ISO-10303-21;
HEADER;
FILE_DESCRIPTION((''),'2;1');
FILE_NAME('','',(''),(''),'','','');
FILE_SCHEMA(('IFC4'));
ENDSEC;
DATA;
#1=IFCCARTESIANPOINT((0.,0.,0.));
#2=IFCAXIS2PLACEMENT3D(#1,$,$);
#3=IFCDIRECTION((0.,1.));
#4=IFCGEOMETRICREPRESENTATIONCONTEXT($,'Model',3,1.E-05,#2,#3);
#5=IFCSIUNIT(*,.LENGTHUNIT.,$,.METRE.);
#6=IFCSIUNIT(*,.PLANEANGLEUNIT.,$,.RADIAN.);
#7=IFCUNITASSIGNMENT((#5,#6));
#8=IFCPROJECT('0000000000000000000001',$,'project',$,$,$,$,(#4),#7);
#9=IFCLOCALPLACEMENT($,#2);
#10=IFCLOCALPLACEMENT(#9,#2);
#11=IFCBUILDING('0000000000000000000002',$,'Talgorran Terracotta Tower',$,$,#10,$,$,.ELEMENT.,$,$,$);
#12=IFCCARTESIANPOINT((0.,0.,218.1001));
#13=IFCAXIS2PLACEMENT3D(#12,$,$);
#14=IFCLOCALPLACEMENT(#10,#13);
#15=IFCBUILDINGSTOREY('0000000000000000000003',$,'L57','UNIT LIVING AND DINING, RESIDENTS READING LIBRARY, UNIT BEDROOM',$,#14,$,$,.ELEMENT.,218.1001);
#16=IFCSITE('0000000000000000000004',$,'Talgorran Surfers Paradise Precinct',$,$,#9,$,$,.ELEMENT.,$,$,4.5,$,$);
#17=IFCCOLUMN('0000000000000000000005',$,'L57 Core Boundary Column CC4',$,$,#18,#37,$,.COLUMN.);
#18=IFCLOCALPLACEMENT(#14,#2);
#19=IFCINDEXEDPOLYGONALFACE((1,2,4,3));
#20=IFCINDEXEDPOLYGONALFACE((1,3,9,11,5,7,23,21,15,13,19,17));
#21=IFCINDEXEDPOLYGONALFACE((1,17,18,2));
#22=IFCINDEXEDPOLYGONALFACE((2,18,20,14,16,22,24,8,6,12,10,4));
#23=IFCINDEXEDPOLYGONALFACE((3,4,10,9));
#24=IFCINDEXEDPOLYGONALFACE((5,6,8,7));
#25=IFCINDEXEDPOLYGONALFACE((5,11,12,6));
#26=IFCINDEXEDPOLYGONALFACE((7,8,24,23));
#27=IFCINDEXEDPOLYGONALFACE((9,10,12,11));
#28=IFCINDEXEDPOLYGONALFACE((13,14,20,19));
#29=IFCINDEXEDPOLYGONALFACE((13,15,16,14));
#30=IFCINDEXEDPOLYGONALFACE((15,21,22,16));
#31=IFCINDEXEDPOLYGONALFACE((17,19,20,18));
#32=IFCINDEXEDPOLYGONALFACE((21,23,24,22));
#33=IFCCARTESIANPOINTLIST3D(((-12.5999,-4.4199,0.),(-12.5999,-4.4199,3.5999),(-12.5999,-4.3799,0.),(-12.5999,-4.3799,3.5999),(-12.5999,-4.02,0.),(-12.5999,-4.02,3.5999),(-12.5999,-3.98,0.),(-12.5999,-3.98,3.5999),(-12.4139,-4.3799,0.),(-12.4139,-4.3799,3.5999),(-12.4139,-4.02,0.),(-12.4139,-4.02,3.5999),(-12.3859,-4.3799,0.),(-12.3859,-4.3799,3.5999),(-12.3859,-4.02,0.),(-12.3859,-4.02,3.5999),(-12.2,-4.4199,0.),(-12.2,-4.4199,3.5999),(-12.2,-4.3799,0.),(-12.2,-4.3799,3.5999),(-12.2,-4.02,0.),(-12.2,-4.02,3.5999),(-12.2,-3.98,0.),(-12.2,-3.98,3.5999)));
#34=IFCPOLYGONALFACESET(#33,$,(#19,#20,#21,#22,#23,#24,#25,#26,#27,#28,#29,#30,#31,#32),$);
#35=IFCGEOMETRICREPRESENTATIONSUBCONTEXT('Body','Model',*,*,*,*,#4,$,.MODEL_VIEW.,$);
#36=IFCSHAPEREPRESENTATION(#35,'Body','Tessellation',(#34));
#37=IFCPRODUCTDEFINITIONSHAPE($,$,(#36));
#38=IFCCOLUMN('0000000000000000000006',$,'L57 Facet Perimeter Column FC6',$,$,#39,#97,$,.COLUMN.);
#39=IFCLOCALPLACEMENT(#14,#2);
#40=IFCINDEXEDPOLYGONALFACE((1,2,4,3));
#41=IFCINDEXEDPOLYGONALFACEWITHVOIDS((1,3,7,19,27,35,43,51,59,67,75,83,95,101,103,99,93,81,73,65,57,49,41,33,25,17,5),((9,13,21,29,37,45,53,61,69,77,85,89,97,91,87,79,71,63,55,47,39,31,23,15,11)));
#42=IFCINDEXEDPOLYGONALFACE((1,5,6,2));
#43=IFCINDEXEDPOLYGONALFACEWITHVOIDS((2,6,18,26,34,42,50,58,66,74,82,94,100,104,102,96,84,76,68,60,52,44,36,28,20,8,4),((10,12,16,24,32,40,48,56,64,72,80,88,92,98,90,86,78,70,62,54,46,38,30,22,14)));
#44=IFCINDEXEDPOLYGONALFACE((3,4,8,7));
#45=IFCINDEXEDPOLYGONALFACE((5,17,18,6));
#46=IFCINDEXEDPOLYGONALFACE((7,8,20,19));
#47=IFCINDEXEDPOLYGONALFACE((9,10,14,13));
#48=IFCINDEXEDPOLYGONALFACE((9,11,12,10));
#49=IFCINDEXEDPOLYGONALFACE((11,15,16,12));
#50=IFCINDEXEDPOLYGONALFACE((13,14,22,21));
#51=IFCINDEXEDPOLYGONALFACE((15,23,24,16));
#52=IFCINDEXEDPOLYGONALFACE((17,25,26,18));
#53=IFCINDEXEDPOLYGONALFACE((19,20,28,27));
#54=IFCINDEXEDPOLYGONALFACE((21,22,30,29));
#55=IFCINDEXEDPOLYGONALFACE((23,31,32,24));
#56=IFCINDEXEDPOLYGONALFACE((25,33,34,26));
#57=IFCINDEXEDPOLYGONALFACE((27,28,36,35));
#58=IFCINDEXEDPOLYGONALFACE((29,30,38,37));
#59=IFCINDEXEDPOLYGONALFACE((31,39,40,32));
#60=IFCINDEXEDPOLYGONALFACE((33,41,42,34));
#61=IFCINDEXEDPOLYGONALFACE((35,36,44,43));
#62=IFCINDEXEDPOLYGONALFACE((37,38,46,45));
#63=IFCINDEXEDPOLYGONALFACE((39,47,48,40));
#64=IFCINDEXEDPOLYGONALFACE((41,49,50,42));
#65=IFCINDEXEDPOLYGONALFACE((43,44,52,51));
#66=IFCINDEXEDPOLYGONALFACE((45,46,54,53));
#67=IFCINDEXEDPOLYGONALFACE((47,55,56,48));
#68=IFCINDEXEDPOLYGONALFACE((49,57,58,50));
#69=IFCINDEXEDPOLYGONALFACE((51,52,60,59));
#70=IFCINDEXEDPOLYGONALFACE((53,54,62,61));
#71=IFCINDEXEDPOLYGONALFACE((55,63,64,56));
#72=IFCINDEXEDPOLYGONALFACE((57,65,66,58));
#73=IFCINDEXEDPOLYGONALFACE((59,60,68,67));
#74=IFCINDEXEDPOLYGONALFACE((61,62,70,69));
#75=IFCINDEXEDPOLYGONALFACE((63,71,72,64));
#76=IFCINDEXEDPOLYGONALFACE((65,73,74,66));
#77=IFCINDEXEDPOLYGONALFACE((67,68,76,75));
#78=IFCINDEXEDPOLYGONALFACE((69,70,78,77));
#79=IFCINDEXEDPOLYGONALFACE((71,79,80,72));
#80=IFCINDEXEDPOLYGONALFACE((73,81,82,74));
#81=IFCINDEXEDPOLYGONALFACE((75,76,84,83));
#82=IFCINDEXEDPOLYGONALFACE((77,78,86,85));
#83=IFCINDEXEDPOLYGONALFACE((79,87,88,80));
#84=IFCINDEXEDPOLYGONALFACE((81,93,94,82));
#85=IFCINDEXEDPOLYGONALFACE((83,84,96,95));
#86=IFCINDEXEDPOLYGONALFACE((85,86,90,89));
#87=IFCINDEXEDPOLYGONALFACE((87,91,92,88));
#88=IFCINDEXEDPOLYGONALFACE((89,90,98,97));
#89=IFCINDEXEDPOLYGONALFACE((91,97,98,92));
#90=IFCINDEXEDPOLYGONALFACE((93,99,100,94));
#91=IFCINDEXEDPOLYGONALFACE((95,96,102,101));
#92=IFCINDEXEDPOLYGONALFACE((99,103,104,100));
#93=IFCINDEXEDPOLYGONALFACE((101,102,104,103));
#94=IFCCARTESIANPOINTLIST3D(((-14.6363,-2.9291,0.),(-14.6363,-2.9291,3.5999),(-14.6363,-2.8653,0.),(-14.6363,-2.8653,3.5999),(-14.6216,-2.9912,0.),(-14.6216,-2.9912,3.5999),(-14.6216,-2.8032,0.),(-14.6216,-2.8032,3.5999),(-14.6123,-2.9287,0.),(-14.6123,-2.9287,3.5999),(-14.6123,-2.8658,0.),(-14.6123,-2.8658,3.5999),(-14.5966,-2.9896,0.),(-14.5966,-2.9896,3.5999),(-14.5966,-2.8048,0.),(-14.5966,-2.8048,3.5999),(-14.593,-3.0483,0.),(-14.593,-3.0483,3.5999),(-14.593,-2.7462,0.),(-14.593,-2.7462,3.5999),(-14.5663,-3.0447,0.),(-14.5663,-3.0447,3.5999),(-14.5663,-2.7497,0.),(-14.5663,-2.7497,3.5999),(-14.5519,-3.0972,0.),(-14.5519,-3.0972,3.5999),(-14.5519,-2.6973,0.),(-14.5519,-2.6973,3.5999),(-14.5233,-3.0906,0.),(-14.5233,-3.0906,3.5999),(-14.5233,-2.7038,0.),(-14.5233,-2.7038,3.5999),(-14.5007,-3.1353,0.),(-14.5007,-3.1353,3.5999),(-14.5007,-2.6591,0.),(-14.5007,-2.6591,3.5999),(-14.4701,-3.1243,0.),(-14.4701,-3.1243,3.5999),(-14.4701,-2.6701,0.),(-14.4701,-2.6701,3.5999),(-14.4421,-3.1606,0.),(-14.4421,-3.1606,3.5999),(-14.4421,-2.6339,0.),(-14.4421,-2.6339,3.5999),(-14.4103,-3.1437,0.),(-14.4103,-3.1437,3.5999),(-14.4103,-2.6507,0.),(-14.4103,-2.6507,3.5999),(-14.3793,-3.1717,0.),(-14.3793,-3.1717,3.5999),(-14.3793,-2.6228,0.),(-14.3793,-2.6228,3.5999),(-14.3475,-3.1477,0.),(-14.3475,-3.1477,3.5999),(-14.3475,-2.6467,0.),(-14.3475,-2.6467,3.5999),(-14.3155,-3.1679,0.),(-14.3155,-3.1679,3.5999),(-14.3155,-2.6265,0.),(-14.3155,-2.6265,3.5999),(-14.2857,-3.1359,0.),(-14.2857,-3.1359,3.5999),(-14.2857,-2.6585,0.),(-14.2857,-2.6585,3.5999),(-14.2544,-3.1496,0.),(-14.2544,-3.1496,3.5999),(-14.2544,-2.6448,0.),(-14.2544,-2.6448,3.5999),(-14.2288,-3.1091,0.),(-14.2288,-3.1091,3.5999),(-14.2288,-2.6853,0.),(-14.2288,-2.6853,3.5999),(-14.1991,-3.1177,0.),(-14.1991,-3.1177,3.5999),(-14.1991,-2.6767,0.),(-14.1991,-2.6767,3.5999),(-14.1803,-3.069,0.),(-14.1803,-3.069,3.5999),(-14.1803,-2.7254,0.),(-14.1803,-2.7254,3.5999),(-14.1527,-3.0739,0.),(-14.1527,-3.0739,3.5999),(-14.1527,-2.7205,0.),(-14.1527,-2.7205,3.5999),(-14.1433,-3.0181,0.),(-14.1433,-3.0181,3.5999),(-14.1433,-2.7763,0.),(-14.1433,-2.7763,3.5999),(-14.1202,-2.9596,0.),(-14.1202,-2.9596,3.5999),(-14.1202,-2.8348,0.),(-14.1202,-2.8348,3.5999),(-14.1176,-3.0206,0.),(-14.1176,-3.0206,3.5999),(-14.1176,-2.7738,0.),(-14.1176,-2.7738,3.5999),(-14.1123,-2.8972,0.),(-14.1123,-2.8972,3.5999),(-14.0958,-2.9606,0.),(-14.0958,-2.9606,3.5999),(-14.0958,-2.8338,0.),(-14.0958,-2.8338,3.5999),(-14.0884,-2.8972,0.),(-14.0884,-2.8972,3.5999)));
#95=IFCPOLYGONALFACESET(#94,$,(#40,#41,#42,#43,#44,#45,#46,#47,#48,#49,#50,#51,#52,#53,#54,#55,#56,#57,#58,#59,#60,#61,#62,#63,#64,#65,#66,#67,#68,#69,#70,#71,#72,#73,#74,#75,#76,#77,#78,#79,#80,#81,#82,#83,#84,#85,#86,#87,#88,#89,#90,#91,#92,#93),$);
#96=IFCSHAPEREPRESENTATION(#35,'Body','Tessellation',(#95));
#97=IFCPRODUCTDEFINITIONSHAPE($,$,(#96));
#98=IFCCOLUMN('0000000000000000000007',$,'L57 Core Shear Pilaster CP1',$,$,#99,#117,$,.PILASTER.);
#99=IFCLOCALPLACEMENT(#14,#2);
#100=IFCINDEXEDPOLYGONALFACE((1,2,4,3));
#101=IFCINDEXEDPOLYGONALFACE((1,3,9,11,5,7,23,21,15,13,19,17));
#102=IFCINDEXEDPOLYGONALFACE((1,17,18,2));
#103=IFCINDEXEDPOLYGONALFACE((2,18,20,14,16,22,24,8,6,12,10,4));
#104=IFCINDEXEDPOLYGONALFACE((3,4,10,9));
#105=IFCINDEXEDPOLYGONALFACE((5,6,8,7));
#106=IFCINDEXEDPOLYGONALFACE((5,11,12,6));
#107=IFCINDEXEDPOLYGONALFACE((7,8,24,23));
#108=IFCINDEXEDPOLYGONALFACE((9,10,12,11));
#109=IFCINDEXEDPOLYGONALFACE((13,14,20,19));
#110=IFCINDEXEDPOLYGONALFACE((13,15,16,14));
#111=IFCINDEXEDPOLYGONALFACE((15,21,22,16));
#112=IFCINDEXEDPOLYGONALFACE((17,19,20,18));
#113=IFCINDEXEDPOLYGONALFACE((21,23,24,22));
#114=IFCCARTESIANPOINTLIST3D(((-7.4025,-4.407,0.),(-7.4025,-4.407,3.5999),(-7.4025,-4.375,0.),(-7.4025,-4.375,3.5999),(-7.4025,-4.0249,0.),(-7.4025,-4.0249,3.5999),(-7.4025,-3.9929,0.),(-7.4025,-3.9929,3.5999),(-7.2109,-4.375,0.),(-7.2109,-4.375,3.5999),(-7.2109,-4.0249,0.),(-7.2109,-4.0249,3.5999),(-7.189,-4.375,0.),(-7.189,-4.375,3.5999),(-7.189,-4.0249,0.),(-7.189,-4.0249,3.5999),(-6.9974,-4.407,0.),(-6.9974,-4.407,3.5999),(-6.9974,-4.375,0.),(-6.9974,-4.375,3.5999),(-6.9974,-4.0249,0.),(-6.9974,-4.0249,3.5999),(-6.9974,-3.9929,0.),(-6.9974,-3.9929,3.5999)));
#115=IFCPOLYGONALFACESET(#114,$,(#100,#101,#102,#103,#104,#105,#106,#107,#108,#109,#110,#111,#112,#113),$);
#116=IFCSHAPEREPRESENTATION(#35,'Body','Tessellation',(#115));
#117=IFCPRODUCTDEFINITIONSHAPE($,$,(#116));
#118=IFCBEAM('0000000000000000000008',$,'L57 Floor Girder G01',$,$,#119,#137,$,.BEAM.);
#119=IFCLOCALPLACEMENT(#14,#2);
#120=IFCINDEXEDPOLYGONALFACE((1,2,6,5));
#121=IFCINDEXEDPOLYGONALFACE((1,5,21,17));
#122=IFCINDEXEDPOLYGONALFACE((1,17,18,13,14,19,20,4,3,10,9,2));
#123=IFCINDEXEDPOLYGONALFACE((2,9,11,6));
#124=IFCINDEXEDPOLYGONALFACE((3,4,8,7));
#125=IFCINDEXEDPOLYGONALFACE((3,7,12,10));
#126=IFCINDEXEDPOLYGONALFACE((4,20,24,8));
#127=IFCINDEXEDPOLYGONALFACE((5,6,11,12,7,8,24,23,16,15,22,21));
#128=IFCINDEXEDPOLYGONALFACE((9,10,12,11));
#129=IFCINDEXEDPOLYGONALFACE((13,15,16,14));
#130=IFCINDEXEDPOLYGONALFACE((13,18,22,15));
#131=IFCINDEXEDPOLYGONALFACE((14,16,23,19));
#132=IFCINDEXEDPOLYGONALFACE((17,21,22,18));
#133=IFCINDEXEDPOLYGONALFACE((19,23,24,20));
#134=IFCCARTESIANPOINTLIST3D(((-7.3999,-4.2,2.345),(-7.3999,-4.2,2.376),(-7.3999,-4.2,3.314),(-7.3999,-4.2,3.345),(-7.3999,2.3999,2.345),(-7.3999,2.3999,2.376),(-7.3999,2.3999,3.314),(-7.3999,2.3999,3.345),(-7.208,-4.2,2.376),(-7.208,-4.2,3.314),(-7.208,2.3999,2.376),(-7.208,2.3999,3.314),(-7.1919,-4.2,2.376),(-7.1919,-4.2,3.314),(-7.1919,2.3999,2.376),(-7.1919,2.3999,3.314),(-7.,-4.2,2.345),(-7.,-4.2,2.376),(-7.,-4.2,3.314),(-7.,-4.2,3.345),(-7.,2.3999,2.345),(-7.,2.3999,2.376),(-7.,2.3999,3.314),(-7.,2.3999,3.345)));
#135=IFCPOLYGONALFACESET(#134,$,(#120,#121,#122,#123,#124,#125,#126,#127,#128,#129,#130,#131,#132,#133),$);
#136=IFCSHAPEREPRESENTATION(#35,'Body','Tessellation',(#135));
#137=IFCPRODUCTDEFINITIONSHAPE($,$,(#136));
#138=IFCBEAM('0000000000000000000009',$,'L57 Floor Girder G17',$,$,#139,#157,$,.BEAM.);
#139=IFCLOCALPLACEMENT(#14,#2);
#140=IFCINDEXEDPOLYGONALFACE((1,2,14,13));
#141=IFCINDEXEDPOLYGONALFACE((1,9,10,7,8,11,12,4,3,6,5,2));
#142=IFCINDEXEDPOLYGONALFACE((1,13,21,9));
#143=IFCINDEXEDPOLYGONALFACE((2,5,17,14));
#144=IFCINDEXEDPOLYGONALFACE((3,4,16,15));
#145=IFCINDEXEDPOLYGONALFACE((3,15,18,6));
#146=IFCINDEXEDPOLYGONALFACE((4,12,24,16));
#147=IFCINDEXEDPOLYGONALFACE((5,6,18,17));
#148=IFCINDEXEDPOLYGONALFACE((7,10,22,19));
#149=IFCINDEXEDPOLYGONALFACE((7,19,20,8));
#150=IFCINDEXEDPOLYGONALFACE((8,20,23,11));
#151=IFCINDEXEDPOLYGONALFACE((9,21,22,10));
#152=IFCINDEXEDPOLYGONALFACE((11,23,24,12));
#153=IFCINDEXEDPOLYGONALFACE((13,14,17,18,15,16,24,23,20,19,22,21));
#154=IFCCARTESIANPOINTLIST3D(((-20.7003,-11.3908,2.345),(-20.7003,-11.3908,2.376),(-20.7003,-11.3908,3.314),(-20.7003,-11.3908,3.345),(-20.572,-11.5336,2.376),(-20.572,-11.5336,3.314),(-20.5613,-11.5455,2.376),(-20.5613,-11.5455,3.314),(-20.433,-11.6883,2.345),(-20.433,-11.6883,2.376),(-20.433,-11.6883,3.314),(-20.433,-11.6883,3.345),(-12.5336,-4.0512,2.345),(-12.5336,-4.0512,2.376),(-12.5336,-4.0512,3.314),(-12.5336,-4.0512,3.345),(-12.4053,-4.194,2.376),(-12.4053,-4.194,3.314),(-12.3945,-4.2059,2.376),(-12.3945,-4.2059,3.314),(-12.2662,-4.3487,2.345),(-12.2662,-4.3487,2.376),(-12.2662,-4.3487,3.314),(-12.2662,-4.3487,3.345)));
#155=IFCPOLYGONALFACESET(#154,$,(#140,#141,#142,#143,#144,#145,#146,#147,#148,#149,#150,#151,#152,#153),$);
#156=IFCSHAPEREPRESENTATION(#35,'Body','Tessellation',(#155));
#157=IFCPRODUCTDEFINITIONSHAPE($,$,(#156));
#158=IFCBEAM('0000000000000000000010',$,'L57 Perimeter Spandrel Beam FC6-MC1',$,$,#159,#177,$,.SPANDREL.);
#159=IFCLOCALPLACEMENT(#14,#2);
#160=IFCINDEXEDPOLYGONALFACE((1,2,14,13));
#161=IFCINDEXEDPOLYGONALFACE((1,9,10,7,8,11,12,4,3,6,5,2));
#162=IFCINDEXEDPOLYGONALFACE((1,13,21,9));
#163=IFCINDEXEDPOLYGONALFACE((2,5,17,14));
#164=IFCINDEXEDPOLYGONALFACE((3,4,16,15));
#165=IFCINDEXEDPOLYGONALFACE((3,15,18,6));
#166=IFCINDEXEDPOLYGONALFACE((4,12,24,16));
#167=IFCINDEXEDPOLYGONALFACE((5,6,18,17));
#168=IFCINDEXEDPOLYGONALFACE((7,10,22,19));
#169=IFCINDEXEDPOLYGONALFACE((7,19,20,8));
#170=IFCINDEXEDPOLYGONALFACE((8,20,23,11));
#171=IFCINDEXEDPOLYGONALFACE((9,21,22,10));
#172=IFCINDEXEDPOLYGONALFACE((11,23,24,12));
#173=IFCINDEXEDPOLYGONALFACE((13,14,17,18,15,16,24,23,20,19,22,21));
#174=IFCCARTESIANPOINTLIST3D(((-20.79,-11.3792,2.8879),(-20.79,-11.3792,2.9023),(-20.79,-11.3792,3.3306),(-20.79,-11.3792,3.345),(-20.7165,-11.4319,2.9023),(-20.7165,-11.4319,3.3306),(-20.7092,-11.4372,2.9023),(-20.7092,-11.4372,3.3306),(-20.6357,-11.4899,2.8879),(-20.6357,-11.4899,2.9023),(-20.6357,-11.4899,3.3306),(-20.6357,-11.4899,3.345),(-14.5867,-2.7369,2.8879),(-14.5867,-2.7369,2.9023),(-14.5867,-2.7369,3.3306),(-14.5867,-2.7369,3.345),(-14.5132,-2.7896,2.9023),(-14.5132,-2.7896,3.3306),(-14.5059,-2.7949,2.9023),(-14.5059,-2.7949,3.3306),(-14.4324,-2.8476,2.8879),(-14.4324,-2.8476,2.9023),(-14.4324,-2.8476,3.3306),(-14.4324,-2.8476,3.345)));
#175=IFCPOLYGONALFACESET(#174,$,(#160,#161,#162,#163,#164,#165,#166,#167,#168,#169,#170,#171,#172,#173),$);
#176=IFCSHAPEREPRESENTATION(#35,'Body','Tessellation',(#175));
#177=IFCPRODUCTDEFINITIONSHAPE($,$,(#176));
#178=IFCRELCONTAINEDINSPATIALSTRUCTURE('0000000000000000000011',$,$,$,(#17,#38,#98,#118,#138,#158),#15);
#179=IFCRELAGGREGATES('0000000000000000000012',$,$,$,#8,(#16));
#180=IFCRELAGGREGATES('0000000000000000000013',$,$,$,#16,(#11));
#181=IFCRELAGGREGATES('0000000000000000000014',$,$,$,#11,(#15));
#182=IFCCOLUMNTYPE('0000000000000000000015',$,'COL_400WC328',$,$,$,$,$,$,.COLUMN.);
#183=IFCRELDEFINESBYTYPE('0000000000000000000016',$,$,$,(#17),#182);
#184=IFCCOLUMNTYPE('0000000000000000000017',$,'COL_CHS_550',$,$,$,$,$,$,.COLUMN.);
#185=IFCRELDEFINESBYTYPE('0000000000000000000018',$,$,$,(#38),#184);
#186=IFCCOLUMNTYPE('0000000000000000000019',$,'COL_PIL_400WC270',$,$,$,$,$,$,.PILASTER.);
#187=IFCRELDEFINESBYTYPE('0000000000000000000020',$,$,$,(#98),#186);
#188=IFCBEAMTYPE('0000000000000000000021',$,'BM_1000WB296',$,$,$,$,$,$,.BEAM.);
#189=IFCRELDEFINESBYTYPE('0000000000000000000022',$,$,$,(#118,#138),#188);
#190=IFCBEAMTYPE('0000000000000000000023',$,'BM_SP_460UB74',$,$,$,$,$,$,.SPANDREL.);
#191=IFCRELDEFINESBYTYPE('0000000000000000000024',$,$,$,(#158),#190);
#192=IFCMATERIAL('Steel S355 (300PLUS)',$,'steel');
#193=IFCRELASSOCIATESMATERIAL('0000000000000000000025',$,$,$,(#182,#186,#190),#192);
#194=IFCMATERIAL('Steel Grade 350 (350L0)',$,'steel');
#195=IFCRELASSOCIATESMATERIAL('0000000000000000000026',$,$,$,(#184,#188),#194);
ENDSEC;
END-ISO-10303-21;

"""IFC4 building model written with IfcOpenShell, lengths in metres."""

from ifc_helpers import new_model, si_unit, direction, frame, origin, origin_2d, place, context, subcontext, project, spatial, hollow_circle, i_section, extrude, material, material_profile, profile_set, type_object, element, save


model = new_model("IFC4")

# Units and contexts
model_context = context("Model", 3, precision=1e-05, world=origin(), true_north=direction((0.0, 1.0)))
body_context = subcontext(model_context, "Body", "Model", "MODEL_VIEW")
ifc_project = project(units=[si_unit("LENGTHUNIT", "METRE"), si_unit("PLANEANGLEUNIT", "RADIAN")], contexts=[model_context])

# Site, building, storey
site_placement = place(None, origin())
site = spatial("IfcSite", under=ifc_project, at=site_placement, Name="Talgorran Surfers Paradise Precinct", CompositionType="ELEMENT", RefElevation=4.5)
building_placement = place(site_placement, origin())
building = spatial("IfcBuilding", under=site, at=building_placement, Name="Talgorran Terracotta Tower", CompositionType="ELEMENT")
storey_placement = place(building_placement, frame((0.0, 0.0, 218.1001)))
storey = spatial("IfcBuildingStorey", under=building, at=storey_placement, Name="L57", Description="UNIT LIVING AND DINING, RESIDENTS READING LIBRARY, UNIT BEDROOM", CompositionType="ELEMENT", Elevation=218.1001)

# Columns
ifc_material_1 = material(Name="Steel S355 (300PLUS)", Category="steel")
ifc_material_profile_1 = material_profile(ifc_material_1, i_section(OverallWidth=0.3999, OverallDepth=0.4399, WebThickness=0.0281, FlangeThickness=0.04, at=origin_2d()), Name="400WC328")
ifc_profile_set_1 = profile_set([ifc_material_profile_1], Name="Steel S355 (300PLUS)")
column_type_1 = type_object("IfcColumnType", Name="COL_400WC328", PredefinedType="COLUMN", material=ifc_profile_set_1)
column_1_placement = place(storey_placement, frame((-12.3999, -4.2, 0.0), z_axis=(0.0, 0.0, 1.0), x_axis=(1.0, 0.0, 0.0)))
element("IfcColumn", 1, at=column_1_placement, inside=storey, type_object=column_type_1, Name="L57 Core Boundary Column CC4", PredefinedType="COLUMN", context=body_context, shape_type="SweptSolid", body=[
    extrude(i_section(OverallWidth=0.3999, OverallDepth=0.4399, WebThickness=0.0281, FlangeThickness=0.04, at=origin_2d()), origin(), (0.0, 0.0, 1.0), 3.5999),
])
ifc_material_2 = material(Name="Steel Grade 350 (350L0)", Category="steel")
ifc_material_profile_2 = material_profile(ifc_material_2, hollow_circle(Radius=0.2749, WallThickness=0.0239, at=origin_2d()), Name="CHS550X24")
ifc_profile_set_2 = profile_set([ifc_material_profile_2], Name="Steel Grade 350 (350L0)")
column_type_2 = type_object("IfcColumnType", Name="COL_CHS_550", PredefinedType="COLUMN", material=ifc_profile_set_2)
column_2_placement = place(storey_placement, frame((-14.3633, -2.8972, 0.0), z_axis=(0.0, 0.0, 1.0), x_axis=(1.0, 0.0, 0.0)))
element("IfcColumn", 2, at=column_2_placement, inside=storey, type_object=column_type_2, Name="L57 Facet Perimeter Column FC6", PredefinedType="COLUMN", context=body_context, shape_type="SweptSolid", body=[
    extrude(hollow_circle(Radius=0.2749, WallThickness=0.0239, at=origin_2d()), origin(), (0.0, 0.0, 1.0), 3.5999),
])
ifc_material_profile_3 = material_profile(ifc_material_1, i_section(OverallWidth=0.405, OverallDepth=0.4141, WebThickness=0.022, FlangeThickness=0.032, at=origin_2d()), Name="400WC270")
ifc_profile_set_3 = profile_set([ifc_material_profile_3], Name="Steel S355 (300PLUS)")
column_type_3 = type_object("IfcColumnType", Name="COL_PIL_400WC270", PredefinedType="PILASTER", material=ifc_profile_set_3)
column_3_placement = place(storey_placement, frame((-7.2, -4.2, 0.0), z_axis=(0.0, 0.0, 1.0), x_axis=(1.0, 0.0, 0.0)))
element("IfcColumn", 3, at=column_3_placement, inside=storey, type_object=column_type_3, Name="L57 Core Shear Pilaster CP1", PredefinedType="PILASTER", context=body_context, shape_type="SweptSolid", body=[
    extrude(i_section(OverallWidth=0.405, OverallDepth=0.4141, WebThickness=0.022, FlangeThickness=0.032, at=origin_2d()), origin(), (0.0, 0.0, 1.0), 3.5999),
])

# Beams
ifc_material_profile_4 = material_profile(ifc_material_2, i_section(OverallWidth=0.3999, OverallDepth=1.0, WebThickness=0.0161, FlangeThickness=0.031, at=origin_2d()), Name="1000WB296")
ifc_profile_set_4 = profile_set([ifc_material_profile_4], Name="Steel Grade 350 (350L0)")
beam_type_1 = type_object("IfcBeamType", Name="BM_1000WB296", PredefinedType="BEAM", material=ifc_profile_set_4)
beam_1_placement = place(storey_placement, frame((-7.2, -4.2, 2.845), z_axis=(0.0, 1.0, 0.0), x_axis=(-1.0, 0.0, 0.0)))
element("IfcBeam", 4, at=beam_1_placement, inside=storey, type_object=beam_type_1, Name="L57 Floor Girder G01", PredefinedType="BEAM", context=body_context, shape_type="SweptSolid", body=[
    extrude(i_section(OverallWidth=0.3999, OverallDepth=1.0, WebThickness=0.0161, FlangeThickness=0.031, at=origin_2d()), origin(), (0.0, 0.0, 1.0), 6.5999),
])
beam_2_placement = place(storey_placement, frame((-12.3999, -4.2, 2.845), z_axis=(-0.743768, -0.668438, 0.0), x_axis=(0.668438, -0.743768, 0.0)))
element("IfcBeam", 5, at=beam_2_placement, inside=storey, type_object=beam_type_1, Name="L57 Floor Girder G17", PredefinedType="BEAM", context=body_context, shape_type="SweptSolid", body=[
    extrude(i_section(OverallWidth=0.3999, OverallDepth=1.0, WebThickness=0.0161, FlangeThickness=0.031, at=origin_2d()), origin(), (0.0, 0.0, 1.0), 10.9802),
])
ifc_material_profile_5 = material_profile(ifc_material_1, i_section(OverallWidth=0.1899, OverallDepth=0.457, WebThickness=0.009, FlangeThickness=0.0144, at=origin_2d()), Name="460UB74.6")
ifc_profile_set_5 = profile_set([ifc_material_profile_5], Name="Steel S355 (300PLUS)")
beam_type_2 = type_object("IfcBeamType", Name="BM_SP_460UB74", PredefinedType="SPANDREL", material=ifc_profile_set_5)
beam_3_placement = place(storey_placement, frame((-14.5095, -2.7922, 3.1165), z_axis=(-0.583121, -0.812385, 0.0), x_axis=(0.812385, -0.583121, 0.0)))
element("IfcBeam", 6, at=beam_3_placement, inside=storey, type_object=beam_type_2, Name="L57 Perimeter Spandrel Beam FC6-MC1", PredefinedType="SPANDREL", context=body_context, shape_type="SweptSolid", body=[
    extrude(i_section(OverallWidth=0.1899, OverallDepth=0.457, WebThickness=0.009, FlangeThickness=0.0144, at=origin_2d()), origin(), (0.0, 0.0, 1.0), 10.6382),
])

save(model, "model.ifc")
